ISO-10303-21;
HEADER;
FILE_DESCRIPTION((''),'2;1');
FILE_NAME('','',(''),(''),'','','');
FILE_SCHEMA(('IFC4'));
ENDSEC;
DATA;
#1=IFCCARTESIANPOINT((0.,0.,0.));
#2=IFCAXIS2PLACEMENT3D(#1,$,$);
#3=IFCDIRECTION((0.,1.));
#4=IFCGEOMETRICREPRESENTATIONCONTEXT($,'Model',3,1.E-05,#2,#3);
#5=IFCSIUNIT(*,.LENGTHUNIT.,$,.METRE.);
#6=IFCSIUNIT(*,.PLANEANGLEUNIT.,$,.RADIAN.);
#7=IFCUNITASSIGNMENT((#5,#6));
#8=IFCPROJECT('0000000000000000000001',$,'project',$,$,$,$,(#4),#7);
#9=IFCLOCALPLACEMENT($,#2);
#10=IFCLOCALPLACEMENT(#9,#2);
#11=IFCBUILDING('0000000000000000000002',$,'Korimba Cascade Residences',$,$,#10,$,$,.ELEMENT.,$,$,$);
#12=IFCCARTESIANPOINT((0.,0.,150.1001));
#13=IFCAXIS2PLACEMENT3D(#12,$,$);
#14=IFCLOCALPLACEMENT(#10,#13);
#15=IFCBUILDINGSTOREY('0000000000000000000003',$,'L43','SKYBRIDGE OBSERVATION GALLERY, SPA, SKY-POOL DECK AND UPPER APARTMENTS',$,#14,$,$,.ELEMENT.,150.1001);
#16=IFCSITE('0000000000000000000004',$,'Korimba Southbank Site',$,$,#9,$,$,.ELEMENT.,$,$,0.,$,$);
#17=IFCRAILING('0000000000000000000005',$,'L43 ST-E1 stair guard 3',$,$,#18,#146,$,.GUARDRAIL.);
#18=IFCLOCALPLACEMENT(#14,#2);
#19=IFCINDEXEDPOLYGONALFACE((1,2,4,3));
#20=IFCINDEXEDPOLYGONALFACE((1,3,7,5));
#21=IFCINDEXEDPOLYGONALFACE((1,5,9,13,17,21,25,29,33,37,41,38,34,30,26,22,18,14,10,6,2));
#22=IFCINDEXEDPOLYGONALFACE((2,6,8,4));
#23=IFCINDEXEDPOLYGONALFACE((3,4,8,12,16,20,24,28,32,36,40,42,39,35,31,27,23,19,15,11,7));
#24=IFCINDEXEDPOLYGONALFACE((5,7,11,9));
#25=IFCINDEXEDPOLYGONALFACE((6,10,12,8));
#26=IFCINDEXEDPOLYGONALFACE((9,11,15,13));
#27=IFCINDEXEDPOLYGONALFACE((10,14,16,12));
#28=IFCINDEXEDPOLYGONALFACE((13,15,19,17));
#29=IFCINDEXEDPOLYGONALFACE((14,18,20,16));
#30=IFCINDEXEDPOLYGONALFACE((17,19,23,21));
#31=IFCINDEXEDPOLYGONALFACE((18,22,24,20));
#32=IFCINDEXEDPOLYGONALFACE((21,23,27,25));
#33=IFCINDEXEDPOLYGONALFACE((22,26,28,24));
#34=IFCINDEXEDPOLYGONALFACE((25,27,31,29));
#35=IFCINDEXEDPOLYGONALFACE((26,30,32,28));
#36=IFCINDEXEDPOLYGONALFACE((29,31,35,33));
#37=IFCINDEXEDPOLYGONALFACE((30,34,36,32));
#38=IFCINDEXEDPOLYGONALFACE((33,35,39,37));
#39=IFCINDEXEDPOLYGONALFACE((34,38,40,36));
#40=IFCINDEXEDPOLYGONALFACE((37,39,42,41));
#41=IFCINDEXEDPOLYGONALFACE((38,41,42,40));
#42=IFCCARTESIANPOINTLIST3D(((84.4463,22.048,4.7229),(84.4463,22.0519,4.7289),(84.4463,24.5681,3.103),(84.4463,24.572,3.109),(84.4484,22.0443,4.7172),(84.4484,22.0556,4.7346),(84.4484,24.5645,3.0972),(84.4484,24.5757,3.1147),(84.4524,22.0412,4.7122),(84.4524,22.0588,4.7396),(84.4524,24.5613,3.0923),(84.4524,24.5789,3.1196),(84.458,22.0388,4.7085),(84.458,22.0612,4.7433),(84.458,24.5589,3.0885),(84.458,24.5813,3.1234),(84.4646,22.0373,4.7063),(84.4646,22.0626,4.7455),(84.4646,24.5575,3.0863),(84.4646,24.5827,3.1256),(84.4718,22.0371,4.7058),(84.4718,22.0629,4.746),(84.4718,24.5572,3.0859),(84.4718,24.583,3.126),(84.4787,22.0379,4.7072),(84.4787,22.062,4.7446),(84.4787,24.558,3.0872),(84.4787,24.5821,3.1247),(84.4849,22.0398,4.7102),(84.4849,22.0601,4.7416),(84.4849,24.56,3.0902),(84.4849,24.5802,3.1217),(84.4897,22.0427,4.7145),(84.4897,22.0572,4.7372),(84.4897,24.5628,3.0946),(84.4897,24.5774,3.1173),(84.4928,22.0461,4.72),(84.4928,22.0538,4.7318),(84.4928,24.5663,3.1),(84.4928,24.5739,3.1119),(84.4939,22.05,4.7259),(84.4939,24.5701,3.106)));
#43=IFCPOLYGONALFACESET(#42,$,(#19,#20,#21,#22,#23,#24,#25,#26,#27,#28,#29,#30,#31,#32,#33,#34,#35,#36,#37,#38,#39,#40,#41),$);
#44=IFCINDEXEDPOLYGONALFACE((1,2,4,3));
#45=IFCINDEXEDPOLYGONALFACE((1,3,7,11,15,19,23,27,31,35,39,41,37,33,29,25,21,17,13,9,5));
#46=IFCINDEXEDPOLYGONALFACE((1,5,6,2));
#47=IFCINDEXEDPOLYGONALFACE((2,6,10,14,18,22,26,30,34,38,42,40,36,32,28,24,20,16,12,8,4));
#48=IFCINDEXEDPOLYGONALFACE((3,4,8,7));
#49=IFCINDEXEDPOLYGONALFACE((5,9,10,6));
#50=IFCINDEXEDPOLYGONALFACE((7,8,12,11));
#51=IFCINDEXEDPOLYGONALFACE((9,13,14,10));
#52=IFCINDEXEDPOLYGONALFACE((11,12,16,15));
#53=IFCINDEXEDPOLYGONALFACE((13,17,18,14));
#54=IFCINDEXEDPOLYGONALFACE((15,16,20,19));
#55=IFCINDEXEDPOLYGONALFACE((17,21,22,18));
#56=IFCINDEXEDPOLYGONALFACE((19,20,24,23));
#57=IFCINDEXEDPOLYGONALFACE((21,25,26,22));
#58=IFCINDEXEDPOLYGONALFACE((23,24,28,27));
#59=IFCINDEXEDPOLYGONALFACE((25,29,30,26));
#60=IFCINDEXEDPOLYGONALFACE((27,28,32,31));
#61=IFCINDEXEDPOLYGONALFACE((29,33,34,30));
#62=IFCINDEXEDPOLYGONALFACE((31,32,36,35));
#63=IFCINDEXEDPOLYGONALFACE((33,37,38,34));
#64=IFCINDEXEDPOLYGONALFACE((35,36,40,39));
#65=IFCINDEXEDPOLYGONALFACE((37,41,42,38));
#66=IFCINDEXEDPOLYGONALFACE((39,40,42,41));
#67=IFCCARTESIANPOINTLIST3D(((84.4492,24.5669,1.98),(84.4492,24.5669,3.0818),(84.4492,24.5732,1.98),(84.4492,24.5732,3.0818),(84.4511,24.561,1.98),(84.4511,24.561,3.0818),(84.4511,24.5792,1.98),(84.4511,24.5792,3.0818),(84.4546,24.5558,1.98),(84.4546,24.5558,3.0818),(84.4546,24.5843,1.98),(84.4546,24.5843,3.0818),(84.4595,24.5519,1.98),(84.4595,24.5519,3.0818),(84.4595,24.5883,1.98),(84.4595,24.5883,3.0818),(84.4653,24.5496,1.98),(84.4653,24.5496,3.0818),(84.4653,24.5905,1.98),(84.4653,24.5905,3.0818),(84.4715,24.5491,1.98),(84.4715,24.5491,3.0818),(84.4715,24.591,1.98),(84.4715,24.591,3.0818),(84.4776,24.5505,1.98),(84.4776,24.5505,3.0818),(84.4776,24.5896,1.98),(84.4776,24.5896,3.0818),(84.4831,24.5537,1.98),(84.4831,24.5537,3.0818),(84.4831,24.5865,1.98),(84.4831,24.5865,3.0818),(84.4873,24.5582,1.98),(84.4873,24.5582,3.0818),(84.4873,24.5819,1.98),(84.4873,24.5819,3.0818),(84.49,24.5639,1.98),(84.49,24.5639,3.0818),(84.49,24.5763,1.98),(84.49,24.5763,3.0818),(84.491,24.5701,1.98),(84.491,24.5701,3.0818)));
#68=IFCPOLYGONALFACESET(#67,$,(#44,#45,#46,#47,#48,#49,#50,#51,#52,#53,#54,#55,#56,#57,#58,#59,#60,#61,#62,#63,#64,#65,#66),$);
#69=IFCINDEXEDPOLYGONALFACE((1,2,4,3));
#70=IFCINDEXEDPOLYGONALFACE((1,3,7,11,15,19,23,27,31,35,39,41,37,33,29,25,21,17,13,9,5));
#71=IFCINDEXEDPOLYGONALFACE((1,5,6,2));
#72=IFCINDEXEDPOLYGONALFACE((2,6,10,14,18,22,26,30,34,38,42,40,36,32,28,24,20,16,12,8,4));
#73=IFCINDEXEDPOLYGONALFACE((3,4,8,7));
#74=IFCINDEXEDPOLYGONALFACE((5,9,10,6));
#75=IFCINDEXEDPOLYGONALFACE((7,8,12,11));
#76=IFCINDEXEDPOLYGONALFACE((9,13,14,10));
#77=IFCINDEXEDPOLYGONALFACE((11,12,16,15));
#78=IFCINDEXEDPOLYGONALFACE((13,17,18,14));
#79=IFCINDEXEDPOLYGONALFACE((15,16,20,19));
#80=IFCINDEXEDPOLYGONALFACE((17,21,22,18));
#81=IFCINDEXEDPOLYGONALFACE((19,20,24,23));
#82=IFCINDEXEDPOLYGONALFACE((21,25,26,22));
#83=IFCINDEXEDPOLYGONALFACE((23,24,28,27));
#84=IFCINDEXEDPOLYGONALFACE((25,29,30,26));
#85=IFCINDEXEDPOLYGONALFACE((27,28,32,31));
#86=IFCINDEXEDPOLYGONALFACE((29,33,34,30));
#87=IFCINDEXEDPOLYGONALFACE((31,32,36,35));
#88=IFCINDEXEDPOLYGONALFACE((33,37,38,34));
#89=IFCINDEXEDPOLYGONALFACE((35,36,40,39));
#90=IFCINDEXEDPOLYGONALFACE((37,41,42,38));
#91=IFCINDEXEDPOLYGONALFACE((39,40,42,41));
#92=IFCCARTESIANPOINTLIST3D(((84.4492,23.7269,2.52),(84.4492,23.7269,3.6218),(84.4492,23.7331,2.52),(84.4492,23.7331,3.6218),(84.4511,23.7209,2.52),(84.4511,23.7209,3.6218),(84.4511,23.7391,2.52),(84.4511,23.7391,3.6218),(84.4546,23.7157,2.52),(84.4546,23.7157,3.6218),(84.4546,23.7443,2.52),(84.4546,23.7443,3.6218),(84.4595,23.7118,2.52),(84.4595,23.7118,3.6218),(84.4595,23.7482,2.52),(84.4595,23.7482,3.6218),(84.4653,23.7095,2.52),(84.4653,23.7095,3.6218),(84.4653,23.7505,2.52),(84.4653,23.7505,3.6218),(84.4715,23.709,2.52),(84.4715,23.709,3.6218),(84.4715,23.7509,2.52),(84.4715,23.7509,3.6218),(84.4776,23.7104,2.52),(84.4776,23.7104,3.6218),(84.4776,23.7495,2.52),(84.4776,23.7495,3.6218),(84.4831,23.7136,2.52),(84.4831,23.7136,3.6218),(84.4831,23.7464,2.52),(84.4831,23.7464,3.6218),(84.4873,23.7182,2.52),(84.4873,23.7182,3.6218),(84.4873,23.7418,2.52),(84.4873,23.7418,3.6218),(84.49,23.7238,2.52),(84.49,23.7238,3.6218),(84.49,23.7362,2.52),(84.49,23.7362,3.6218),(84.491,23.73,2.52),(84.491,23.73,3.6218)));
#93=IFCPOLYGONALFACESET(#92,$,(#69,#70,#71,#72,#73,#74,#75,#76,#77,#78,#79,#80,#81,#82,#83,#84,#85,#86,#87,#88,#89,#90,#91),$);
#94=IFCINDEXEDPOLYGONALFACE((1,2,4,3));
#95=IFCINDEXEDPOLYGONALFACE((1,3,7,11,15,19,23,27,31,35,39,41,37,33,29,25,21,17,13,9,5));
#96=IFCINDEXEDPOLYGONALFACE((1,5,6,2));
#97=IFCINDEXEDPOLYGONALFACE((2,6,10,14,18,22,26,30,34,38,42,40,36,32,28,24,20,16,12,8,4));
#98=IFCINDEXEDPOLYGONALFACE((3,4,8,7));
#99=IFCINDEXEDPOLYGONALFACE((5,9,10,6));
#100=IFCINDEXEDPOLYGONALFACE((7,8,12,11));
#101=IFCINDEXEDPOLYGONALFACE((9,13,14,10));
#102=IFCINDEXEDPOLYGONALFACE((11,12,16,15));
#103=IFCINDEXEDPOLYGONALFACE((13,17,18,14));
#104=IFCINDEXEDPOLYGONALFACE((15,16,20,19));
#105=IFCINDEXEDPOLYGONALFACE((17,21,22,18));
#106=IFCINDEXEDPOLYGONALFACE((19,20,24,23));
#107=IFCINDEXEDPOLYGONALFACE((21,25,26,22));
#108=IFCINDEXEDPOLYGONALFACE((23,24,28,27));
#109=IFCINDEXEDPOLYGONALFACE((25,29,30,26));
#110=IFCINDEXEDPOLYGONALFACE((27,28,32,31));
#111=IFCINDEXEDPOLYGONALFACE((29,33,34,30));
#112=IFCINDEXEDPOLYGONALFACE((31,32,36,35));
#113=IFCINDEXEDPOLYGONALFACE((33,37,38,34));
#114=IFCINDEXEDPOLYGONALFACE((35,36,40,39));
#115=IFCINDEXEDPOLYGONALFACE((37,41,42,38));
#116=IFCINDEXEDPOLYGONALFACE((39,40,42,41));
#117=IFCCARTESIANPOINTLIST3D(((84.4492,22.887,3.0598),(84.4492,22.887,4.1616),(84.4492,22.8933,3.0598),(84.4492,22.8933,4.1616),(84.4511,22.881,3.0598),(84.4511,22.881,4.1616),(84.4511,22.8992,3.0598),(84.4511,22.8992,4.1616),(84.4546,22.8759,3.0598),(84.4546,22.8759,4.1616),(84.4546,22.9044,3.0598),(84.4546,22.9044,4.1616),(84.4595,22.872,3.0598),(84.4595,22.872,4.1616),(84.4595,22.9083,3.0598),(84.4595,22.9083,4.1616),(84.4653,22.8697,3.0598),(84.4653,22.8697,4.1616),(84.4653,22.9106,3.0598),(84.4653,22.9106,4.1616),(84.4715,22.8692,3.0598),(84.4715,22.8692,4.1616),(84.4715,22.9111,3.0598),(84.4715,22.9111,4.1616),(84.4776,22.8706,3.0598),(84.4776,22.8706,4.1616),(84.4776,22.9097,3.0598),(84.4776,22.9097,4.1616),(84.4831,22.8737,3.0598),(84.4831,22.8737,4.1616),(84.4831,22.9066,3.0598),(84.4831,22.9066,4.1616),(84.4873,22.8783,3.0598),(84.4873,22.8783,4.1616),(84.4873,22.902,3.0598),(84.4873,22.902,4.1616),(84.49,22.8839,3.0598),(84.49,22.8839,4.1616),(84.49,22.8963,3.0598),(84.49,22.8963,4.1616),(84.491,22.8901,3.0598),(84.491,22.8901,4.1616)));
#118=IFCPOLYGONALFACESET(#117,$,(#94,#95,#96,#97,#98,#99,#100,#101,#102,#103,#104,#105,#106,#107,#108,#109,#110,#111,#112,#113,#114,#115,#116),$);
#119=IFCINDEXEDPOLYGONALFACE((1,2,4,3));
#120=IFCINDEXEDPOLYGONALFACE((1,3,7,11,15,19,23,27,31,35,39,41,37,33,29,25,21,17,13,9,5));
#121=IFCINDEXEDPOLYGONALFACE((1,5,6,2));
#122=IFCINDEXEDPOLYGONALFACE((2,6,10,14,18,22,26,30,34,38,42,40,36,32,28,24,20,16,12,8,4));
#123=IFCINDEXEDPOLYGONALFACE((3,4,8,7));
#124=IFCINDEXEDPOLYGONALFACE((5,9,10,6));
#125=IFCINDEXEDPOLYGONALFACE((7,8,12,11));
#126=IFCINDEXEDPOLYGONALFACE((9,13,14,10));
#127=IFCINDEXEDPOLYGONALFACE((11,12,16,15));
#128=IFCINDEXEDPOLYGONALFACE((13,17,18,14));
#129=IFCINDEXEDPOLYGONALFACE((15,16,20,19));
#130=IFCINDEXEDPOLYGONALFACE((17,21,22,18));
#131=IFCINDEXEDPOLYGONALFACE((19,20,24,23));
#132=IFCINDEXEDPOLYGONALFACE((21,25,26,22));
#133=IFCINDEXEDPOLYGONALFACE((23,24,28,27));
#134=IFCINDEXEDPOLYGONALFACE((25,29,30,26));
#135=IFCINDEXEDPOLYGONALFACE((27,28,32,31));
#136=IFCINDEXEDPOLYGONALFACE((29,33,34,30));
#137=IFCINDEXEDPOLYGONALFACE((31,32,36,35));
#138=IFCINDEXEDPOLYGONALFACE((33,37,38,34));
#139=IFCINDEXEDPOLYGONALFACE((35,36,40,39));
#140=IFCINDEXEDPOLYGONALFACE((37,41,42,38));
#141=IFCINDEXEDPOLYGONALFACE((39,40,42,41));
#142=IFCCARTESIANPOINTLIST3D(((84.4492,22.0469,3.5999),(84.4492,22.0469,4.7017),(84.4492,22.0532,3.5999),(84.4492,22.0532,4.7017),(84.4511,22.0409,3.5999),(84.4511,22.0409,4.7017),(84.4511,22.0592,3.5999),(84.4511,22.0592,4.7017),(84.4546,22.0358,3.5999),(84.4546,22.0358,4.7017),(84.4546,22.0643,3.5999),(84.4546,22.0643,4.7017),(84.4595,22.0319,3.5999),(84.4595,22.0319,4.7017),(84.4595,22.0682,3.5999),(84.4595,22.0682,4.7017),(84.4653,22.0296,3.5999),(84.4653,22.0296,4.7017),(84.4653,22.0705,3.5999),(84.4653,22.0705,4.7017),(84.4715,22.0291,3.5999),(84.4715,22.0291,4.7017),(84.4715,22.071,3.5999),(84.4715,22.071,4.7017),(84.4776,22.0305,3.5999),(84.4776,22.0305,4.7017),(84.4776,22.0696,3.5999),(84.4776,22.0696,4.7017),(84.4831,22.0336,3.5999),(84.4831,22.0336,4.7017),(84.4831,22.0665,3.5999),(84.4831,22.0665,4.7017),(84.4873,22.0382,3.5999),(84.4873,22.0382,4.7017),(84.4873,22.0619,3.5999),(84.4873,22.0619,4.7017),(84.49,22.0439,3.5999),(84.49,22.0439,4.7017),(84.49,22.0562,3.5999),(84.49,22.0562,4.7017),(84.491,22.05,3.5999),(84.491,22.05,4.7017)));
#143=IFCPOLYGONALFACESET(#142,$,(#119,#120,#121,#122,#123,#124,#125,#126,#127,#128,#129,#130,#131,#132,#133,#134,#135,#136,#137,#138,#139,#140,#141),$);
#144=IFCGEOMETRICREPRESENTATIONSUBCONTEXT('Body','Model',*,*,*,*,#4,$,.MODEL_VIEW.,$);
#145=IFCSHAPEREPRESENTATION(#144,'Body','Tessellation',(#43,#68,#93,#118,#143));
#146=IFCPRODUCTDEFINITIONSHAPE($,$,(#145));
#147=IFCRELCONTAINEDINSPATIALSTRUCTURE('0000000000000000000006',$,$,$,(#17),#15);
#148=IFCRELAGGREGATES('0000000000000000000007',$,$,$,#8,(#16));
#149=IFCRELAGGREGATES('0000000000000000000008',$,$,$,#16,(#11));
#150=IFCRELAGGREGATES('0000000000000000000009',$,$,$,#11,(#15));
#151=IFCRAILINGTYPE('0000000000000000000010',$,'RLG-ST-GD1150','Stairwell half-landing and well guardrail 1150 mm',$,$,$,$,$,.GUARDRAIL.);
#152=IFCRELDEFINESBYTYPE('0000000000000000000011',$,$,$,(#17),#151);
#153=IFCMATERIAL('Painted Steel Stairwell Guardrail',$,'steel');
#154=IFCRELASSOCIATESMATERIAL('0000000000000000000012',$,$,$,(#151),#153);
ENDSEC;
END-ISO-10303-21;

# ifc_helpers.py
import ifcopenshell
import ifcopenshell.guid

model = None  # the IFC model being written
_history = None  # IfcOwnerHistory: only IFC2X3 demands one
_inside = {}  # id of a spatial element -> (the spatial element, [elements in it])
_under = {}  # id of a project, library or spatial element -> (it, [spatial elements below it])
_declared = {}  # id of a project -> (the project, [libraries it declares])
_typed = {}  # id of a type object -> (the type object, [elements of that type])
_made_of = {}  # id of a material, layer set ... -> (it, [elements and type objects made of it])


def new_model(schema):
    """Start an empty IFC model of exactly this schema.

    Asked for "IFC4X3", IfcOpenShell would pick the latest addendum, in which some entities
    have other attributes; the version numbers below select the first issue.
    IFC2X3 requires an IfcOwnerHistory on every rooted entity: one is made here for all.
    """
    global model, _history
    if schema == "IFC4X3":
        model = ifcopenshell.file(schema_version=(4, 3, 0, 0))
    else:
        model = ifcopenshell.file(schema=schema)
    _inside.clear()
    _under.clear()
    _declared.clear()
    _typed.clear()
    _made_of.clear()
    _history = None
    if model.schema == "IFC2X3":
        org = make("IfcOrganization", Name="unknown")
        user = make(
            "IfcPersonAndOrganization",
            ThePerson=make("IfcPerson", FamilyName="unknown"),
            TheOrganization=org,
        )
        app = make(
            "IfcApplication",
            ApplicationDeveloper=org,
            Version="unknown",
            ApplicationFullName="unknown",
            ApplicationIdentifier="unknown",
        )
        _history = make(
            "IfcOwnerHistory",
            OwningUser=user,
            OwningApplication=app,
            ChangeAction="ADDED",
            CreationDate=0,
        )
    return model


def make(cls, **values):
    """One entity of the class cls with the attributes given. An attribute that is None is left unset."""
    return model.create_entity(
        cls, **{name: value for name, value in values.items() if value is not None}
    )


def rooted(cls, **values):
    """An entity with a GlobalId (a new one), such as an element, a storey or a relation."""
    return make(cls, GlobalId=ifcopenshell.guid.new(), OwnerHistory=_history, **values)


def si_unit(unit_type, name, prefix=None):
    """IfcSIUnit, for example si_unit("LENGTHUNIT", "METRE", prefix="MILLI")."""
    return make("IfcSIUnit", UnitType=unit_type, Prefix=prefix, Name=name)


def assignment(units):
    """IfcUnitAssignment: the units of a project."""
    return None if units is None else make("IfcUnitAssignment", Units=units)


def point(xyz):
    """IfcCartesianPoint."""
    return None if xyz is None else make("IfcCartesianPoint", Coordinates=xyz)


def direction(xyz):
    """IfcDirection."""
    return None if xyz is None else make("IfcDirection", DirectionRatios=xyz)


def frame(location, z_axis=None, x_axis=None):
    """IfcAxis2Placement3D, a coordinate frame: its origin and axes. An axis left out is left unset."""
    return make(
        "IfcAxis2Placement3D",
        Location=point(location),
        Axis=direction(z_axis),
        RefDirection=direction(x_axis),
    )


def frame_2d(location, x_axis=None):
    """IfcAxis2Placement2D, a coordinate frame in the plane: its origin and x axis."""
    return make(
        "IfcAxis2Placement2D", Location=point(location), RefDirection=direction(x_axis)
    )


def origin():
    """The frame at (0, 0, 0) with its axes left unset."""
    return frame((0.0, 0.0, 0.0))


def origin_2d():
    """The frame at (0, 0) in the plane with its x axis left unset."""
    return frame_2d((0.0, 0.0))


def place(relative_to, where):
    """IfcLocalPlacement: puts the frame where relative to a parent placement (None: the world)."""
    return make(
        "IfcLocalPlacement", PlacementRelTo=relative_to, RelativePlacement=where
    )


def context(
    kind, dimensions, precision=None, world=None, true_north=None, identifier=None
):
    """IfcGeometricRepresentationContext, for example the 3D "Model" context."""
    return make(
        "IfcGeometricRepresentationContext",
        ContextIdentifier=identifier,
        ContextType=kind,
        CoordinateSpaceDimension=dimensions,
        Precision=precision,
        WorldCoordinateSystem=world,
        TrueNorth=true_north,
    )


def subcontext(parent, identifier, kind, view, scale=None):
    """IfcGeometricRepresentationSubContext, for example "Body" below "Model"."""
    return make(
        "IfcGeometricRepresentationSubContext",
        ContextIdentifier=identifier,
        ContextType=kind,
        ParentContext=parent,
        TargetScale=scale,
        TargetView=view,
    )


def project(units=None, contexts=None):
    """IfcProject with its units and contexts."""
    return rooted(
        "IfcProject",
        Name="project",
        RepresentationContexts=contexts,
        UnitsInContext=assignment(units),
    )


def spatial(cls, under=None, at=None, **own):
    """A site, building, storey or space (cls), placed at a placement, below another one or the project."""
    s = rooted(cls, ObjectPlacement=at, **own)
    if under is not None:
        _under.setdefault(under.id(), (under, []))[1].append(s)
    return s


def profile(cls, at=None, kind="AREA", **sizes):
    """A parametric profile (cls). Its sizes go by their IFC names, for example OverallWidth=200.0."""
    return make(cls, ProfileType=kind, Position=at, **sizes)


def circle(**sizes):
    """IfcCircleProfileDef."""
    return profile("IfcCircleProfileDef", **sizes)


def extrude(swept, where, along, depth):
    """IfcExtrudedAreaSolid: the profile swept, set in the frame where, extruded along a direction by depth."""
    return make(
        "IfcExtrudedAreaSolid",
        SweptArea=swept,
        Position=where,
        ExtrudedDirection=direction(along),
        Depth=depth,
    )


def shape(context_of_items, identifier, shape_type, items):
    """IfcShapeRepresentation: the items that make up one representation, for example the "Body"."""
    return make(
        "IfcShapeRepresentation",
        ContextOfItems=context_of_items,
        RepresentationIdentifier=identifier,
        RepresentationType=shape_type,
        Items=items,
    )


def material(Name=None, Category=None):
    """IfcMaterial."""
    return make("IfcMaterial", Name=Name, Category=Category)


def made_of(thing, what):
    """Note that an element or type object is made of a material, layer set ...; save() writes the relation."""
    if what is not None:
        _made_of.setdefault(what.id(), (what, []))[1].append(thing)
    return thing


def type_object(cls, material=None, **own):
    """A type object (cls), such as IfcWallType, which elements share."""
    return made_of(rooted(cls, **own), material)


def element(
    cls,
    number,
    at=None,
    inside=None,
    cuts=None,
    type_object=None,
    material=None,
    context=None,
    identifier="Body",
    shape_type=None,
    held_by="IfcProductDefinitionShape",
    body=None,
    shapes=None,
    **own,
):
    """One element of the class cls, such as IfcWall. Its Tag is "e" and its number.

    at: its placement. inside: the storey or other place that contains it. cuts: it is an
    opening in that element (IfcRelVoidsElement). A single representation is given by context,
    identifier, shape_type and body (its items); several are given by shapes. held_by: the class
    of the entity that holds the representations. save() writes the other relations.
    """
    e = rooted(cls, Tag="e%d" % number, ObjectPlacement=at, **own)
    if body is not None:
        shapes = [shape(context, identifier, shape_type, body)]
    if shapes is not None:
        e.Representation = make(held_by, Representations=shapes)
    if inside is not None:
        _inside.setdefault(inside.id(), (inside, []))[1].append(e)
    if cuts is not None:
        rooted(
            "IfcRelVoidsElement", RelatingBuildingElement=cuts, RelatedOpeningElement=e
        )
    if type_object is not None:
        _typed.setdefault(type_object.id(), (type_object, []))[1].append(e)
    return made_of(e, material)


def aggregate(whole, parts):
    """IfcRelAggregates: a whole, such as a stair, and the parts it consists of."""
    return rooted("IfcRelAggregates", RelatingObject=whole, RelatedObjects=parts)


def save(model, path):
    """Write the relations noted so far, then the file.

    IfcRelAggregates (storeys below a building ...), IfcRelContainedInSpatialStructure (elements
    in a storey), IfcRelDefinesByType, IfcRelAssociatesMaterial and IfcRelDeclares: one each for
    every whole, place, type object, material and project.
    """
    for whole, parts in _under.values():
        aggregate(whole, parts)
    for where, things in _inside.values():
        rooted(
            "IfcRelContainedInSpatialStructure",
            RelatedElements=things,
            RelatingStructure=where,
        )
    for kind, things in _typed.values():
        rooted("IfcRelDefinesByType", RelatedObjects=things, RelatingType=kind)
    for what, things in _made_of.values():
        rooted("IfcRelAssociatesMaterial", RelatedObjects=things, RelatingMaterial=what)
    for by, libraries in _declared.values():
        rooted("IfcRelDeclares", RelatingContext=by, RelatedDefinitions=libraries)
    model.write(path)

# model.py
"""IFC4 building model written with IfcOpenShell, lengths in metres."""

from ifc_helpers import new_model, si_unit, direction, frame, origin, origin_2d, place, context, subcontext, project, spatial, circle, extrude, material, type_object, element, save


model = new_model("IFC4")

# Units and contexts
model_context = context("Model", 3, precision=1e-05, world=origin(), true_north=direction((0.0, 1.0)))
body_context = subcontext(model_context, "Body", "Model", "MODEL_VIEW")
ifc_project = project(units=[si_unit("LENGTHUNIT", "METRE"), si_unit("PLANEANGLEUNIT", "RADIAN")], contexts=[model_context])

# Site, building, storey
site_placement = place(None, origin())
site = spatial("IfcSite", under=ifc_project, at=site_placement, Name="Korimba Southbank Site", CompositionType="ELEMENT", RefElevation=0.0)
building_placement = place(site_placement, origin())
building = spatial("IfcBuilding", under=site, at=building_placement, Name="Korimba Cascade Residences", CompositionType="ELEMENT")
storey_placement = place(building_placement, frame((0.0, 0.0, 150.1001)))
storey = spatial("IfcBuildingStorey", under=building, at=storey_placement, Name="L43", Description="SKYBRIDGE OBSERVATION GALLERY, SPA, SKY-POOL DECK AND UPPER APARTMENTS", CompositionType="ELEMENT", Elevation=150.1001)

# Railing
ifc_material_1 = material(Name="Painted Steel Stairwell Guardrail", Category="steel")
railing_type = type_object("IfcRailingType", Name="RLG-ST-GD1150", Description="Stairwell half-landing and well guardrail 1150 mm", PredefinedType="GUARDRAIL", material=ifc_material_1)
railing_1_placement = place(storey_placement, frame((84.47, 24.5701, 1.98)))
element("IfcRailing", 1, at=railing_1_placement, inside=storey, type_object=railing_type, Name="L43 ST-E1 stair guard 3", PredefinedType="GUARDRAIL", context=body_context, shape_type="SweptSolid", body=[
    extrude(circle(Radius=0.0239, at=origin_2d()), frame((0.0, 0.0, 1.126), z_axis=(0.0, -0.8412, 0.540725), x_axis=(1.0, 0.0, 0.0)), (0.0, 0.0, 1.0), 2.9958),
    extrude(circle(Radius=0.021, at=origin_2d()), origin(), (0.0, 0.0, 1.0), 1.1018),
    extrude(circle(Radius=0.021, at=origin_2d()), frame((0.0, -0.8401, 0.54)), (0.0, 0.0, 1.0), 1.1018),
    extrude(circle(Radius=0.021, at=origin_2d()), frame((0.0, -1.6799, 1.0798)), (0.0, 0.0, 1.0), 1.1018),
    extrude(circle(Radius=0.021, at=origin_2d()), frame((0.0, -2.52, 1.6199)), (0.0, 0.0, 1.0), 1.1018),
])

save(model, "model.ifc")
